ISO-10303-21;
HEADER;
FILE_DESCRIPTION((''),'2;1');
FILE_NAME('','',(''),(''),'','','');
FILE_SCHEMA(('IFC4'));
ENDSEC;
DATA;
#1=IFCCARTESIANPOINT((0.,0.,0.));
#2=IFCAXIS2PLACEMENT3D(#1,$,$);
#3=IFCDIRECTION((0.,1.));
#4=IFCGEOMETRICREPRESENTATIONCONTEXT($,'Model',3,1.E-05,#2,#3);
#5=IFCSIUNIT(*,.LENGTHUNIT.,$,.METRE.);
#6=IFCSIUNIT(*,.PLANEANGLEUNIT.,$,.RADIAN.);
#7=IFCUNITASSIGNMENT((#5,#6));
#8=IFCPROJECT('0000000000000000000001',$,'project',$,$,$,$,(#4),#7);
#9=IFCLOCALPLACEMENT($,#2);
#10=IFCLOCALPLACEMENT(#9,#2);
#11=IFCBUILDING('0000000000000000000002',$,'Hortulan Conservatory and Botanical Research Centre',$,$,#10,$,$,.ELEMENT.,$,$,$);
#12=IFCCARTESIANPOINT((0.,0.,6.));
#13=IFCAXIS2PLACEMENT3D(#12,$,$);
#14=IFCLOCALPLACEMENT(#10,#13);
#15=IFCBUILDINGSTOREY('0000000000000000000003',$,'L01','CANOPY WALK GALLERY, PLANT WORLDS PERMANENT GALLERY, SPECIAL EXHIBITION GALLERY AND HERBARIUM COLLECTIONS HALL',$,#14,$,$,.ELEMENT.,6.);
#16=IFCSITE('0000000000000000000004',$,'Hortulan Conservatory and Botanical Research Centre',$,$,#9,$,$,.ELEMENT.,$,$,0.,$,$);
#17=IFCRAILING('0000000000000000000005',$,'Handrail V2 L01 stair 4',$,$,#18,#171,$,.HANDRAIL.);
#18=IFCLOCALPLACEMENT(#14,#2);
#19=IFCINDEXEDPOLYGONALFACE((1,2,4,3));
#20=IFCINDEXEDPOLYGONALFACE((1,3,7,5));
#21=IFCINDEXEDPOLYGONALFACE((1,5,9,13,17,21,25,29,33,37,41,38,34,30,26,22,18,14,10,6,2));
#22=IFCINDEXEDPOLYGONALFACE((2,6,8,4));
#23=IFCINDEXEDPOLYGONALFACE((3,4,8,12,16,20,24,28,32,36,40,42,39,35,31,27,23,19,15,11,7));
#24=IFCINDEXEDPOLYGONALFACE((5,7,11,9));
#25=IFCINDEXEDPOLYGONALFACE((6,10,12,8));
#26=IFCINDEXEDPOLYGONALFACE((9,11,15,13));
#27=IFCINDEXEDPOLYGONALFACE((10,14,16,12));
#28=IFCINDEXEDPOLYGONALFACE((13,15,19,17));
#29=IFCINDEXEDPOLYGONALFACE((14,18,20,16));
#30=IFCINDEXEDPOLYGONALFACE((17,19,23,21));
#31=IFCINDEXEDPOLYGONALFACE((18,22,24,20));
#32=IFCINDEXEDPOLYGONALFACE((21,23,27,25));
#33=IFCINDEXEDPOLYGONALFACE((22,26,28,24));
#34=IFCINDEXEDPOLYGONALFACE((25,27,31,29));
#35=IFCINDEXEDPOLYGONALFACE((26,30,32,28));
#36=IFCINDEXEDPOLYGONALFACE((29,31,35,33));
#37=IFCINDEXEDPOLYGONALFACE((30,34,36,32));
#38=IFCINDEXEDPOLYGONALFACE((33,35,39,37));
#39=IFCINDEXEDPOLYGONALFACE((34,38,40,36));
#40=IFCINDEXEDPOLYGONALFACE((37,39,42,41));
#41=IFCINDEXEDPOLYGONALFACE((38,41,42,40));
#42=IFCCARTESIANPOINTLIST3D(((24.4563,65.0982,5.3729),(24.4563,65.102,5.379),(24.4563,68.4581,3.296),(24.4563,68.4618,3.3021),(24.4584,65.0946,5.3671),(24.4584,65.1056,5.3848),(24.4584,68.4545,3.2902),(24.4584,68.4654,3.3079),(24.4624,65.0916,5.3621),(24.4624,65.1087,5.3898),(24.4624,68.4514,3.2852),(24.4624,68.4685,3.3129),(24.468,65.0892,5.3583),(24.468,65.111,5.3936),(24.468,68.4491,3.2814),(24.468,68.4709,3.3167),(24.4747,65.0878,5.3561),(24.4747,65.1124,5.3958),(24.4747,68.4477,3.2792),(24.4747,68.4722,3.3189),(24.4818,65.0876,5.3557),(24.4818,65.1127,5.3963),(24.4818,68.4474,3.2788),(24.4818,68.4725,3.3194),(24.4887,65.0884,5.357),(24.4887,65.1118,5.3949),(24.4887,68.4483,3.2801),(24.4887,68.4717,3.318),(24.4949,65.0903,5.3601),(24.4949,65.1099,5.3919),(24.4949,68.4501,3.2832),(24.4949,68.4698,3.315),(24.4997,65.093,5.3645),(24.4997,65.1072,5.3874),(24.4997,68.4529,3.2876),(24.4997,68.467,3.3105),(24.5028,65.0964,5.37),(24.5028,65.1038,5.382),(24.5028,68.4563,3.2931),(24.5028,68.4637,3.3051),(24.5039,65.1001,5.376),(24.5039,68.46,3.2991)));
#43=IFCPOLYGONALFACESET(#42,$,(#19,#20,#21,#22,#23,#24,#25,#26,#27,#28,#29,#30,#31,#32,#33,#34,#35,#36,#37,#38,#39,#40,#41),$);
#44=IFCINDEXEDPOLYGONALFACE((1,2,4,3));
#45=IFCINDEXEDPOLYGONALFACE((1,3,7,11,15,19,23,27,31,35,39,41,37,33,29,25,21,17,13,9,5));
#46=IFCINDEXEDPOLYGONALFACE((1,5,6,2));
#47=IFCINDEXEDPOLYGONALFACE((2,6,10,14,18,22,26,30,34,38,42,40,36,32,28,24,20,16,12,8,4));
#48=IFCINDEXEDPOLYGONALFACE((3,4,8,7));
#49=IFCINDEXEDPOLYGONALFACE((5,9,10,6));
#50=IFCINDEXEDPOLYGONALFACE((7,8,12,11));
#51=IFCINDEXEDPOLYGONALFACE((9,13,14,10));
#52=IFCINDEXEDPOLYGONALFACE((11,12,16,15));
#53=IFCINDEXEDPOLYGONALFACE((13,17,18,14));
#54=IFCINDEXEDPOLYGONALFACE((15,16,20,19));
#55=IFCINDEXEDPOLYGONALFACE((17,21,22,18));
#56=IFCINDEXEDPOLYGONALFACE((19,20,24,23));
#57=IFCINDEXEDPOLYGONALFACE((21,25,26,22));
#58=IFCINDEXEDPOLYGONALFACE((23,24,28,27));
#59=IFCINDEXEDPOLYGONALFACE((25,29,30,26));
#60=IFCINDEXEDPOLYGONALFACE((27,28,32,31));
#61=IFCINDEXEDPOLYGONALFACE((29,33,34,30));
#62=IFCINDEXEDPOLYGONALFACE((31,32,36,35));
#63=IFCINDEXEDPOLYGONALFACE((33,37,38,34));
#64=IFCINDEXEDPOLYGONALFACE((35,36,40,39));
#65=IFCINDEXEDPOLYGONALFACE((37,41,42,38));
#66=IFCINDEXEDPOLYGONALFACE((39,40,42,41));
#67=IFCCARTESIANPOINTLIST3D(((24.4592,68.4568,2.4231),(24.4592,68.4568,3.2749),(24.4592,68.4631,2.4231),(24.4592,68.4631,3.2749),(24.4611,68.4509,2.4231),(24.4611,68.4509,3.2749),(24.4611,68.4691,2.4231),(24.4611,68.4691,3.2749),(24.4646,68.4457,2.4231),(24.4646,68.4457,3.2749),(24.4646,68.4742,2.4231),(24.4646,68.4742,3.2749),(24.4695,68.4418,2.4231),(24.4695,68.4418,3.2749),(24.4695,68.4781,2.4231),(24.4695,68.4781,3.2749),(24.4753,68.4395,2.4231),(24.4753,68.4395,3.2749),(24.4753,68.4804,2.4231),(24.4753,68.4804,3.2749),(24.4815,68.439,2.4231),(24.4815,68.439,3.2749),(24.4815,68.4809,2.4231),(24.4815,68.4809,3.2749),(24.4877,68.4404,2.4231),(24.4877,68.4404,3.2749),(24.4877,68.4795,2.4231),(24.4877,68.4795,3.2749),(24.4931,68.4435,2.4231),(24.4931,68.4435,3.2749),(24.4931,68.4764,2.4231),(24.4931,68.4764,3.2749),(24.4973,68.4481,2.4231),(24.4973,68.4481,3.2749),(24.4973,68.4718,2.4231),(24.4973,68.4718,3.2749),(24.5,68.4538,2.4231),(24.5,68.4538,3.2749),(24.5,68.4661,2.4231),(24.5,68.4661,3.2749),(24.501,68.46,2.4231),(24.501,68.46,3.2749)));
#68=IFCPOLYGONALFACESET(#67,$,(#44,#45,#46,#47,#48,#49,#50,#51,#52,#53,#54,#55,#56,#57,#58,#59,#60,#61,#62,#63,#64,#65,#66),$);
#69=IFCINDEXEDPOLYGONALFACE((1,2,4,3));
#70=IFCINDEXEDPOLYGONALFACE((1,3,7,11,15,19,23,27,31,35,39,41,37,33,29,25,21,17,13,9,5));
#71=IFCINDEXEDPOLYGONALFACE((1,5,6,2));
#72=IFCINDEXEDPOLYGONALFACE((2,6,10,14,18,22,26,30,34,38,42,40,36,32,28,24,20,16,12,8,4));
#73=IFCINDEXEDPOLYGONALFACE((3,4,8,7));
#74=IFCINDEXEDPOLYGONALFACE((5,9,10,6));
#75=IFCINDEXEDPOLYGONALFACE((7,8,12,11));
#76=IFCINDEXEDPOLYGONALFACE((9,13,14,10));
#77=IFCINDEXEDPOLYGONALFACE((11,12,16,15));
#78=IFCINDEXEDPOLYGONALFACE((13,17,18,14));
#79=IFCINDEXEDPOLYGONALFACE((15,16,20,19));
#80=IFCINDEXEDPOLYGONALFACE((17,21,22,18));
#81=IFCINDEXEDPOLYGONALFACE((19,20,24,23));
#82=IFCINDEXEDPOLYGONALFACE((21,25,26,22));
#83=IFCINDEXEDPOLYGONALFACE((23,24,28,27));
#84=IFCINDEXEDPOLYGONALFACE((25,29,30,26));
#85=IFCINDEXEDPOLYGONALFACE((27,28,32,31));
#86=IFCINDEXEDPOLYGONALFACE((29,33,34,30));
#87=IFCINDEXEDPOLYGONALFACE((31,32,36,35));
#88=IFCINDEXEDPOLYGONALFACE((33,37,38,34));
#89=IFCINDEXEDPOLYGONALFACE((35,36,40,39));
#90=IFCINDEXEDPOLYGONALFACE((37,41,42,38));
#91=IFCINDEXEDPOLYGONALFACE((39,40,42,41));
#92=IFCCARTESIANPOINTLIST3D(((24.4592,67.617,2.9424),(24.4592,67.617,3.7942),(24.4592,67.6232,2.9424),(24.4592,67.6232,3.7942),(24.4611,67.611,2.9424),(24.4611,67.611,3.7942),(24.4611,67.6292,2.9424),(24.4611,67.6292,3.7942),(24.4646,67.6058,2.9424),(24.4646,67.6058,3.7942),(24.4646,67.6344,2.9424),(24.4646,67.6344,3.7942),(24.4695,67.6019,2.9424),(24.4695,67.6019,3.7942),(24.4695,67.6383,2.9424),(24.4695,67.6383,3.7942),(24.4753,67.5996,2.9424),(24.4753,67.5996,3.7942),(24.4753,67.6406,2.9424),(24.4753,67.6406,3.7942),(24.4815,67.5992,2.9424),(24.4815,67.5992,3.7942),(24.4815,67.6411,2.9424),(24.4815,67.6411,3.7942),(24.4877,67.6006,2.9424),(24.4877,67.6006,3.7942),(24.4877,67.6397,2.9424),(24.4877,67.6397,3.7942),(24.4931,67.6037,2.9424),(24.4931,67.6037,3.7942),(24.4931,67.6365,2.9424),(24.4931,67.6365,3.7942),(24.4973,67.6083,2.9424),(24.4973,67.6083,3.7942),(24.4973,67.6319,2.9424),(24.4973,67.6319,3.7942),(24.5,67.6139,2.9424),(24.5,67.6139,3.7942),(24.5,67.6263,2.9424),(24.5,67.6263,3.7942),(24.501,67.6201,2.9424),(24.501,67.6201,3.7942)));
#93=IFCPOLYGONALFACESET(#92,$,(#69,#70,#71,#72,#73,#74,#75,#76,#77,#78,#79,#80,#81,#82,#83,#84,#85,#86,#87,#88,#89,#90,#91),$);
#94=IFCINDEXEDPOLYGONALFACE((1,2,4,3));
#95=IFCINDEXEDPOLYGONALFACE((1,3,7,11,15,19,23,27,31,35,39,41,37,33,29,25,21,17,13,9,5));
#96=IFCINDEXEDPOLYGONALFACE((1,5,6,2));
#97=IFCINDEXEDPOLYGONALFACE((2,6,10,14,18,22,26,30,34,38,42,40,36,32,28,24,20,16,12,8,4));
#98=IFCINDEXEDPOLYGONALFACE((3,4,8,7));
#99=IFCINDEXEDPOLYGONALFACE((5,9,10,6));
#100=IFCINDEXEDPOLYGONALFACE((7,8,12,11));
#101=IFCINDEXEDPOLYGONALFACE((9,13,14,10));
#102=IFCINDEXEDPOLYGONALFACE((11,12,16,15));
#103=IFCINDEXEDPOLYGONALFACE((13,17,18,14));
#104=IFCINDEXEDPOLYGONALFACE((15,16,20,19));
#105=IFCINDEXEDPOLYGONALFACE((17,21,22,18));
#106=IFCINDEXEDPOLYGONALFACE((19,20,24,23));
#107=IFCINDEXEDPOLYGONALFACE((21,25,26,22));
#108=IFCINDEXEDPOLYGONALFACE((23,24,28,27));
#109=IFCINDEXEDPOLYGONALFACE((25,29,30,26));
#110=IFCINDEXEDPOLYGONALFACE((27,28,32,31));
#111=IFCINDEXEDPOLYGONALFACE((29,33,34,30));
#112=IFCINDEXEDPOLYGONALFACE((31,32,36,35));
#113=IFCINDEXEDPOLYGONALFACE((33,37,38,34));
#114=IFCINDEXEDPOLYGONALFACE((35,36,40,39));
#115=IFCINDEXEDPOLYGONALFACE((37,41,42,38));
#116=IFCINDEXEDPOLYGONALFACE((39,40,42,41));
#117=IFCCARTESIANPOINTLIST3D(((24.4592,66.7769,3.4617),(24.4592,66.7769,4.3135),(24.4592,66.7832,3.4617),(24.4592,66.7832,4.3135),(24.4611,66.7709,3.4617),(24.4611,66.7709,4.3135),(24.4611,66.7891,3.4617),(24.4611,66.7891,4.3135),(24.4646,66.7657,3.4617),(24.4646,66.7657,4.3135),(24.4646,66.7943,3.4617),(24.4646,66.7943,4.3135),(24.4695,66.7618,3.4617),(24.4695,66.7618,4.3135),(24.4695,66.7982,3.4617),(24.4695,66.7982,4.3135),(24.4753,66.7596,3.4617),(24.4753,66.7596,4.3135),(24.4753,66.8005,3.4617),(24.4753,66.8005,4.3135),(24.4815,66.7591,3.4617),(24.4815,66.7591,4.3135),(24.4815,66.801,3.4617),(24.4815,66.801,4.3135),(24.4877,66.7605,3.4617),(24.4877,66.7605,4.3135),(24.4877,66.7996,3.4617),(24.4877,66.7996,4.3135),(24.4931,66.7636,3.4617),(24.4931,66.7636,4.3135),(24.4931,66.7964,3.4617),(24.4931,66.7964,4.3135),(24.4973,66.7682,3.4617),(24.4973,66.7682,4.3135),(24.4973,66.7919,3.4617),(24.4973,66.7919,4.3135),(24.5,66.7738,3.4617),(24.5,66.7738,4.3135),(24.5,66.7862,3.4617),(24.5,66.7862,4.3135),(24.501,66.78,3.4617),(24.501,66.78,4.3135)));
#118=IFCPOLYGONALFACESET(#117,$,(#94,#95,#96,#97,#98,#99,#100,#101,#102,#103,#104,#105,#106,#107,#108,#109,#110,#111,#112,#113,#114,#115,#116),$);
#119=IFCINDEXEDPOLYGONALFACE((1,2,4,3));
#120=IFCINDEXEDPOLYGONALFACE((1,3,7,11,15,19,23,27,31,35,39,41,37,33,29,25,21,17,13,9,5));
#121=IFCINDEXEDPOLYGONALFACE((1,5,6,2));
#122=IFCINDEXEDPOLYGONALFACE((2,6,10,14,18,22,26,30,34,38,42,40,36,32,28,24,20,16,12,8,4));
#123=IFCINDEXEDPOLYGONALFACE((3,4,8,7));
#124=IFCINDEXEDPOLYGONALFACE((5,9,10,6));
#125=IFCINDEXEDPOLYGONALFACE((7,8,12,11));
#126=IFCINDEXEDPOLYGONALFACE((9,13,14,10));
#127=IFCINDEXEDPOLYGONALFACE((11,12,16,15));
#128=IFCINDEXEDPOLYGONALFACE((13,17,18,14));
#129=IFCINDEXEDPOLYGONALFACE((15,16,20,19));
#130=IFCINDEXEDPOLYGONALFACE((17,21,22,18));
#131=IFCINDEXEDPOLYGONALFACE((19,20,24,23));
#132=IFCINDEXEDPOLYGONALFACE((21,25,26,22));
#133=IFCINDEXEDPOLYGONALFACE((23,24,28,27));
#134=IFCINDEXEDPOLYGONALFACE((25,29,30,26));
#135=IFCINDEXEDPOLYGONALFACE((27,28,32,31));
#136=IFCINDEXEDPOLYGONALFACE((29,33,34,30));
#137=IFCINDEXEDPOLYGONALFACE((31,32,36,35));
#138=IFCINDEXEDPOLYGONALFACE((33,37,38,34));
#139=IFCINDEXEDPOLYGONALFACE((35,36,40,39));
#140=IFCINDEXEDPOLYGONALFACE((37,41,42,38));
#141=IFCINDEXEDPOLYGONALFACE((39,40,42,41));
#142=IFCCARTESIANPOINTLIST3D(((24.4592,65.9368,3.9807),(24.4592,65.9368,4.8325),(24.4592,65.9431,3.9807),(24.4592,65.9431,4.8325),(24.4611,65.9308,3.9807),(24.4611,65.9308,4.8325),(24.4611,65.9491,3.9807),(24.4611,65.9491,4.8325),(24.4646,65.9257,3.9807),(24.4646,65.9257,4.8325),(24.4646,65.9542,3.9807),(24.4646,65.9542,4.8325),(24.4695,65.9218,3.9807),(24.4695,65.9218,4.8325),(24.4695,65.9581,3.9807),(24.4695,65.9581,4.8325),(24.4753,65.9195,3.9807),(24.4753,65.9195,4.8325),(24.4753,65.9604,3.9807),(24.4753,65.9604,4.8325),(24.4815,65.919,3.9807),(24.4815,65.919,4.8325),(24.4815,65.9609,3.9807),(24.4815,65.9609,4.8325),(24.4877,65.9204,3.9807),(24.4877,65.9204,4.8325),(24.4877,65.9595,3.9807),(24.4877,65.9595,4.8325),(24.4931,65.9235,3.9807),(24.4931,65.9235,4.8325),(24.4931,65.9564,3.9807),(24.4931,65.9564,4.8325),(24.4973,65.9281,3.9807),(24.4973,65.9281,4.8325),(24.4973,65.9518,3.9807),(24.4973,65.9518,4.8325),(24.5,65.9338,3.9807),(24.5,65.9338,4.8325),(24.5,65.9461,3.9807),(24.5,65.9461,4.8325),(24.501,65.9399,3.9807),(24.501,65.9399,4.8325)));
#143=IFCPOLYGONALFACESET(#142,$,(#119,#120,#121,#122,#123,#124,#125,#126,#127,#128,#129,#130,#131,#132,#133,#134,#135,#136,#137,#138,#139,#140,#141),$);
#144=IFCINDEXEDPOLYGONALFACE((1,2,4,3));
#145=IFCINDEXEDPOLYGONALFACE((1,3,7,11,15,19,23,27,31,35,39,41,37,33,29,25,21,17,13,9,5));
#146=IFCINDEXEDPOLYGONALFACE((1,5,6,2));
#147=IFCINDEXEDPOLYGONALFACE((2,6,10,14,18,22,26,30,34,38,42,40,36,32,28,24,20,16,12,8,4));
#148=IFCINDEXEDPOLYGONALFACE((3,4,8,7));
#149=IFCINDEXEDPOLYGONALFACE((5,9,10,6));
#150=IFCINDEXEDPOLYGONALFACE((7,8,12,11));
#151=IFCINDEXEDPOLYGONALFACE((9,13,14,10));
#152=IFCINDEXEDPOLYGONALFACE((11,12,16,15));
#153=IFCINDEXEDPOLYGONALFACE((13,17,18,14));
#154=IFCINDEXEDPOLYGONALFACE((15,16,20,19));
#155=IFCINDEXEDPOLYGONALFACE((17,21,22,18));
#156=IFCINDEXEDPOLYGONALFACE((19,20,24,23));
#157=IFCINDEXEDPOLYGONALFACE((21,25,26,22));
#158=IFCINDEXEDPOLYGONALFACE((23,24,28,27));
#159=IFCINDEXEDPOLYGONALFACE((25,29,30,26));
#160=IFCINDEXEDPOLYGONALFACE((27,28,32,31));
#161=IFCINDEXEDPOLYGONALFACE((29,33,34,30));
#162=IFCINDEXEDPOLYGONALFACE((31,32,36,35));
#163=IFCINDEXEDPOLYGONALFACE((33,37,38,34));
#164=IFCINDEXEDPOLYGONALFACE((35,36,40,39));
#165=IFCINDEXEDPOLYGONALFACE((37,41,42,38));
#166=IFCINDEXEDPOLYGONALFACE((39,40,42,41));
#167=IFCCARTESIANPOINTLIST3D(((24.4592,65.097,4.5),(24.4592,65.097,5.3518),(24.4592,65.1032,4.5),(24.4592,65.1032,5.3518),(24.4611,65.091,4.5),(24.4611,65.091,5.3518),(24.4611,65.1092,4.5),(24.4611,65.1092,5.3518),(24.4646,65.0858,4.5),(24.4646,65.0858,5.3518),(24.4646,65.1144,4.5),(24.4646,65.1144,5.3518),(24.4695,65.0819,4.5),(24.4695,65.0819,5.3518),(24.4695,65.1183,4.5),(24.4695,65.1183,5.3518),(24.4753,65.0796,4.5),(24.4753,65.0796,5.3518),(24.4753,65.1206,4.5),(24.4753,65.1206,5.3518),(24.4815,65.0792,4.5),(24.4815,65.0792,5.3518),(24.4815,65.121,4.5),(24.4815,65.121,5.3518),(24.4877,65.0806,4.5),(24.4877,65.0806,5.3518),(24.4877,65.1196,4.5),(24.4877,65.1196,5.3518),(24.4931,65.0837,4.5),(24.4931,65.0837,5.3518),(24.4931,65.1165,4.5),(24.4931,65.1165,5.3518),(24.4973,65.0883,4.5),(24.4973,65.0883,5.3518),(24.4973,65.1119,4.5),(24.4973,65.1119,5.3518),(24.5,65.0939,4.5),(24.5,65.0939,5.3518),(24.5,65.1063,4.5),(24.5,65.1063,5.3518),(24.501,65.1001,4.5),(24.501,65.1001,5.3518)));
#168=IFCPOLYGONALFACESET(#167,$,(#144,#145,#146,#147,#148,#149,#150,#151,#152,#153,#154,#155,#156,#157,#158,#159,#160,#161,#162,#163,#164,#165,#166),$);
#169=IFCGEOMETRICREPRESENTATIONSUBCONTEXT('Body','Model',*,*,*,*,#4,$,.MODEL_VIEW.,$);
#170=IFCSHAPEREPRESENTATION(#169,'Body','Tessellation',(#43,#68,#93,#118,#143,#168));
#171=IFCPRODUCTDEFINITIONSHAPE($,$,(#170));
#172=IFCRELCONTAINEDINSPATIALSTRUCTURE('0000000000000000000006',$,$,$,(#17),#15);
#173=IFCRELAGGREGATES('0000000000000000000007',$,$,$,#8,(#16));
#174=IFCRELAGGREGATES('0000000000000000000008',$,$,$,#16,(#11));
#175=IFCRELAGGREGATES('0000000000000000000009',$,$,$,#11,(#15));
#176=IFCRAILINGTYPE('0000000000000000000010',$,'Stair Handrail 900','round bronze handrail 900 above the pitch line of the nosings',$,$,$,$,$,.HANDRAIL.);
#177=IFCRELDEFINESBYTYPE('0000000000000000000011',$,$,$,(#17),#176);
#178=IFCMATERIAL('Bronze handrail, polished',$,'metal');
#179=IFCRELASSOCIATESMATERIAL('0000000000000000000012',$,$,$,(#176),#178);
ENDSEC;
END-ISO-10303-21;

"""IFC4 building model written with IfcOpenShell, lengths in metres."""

from ifc_helpers import new_model, si_unit, direction, frame, origin, origin_2d, place, context, subcontext, project, spatial, circle, extrude, material, type_object, element, save


model = new_model("IFC4")

# Units and contexts
model_context = context("Model", 3, precision=1e-05, world=origin(), true_north=direction((0.0, 1.0)))
body_context = subcontext(model_context, "Body", "Model", "MODEL_VIEW")
ifc_project = project(units=[si_unit("LENGTHUNIT", "METRE"), si_unit("PLANEANGLEUNIT", "RADIAN")], contexts=[model_context])

# Site, building, storey
site_placement = place(None, origin())
site = spatial("IfcSite", under=ifc_project, at=site_placement, Name="Hortulan Conservatory and Botanical Research Centre", CompositionType="ELEMENT", RefElevation=0.0)
building_placement = place(site_placement, origin())
building = spatial("IfcBuilding", under=site, at=building_placement, Name="Hortulan Conservatory and Botanical Research Centre", CompositionType="ELEMENT")
storey_placement = place(building_placement, frame((0.0, 0.0, 6.0)))
storey = spatial("IfcBuildingStorey", under=building, at=storey_placement, Name="L01", Description="CANOPY WALK GALLERY, PLANT WORLDS PERMANENT GALLERY, SPECIAL EXHIBITION GALLERY AND HERBARIUM COLLECTIONS HALL", CompositionType="ELEMENT", Elevation=6.0)

# Railing
ifc_material_1 = material(Name="Bronze handrail, polished", Category="metal")
railing_type_1 = type_object("IfcRailingType", Name="Stair Handrail 900", Description="round bronze handrail 900 above the pitch line of the nosings", PredefinedType="HANDRAIL", material=ifc_material_1)
railing_1_placement = place(storey_placement, frame((24.48, 68.46, 2.4231)))
element("IfcRailing", 1, at=railing_1_placement, inside=storey, type_object=railing_type_1, Name="Handrail V2 L01 stair 4", PredefinedType="HANDRAIL", context=body_context, shape_type="SweptSolid", body=[
    extrude(circle(Radius=0.0239, at=origin_2d()), frame((0.0, 0.0, 0.876), z_axis=(0.0, -0.850606, 0.525803), x_axis=(1.0, 0.0, 0.0)), (0.0, 0.0, 1.0), 3.95),
    extrude(circle(Radius=0.021, at=origin_2d()), origin(), (0.0, 0.0, 1.0), 0.8518),
    extrude(circle(Radius=0.021, at=origin_2d()), frame((0.0, -0.8398, 0.5193)), (0.0, 0.0, 1.0), 0.8518),
    extrude(circle(Radius=0.021, at=origin_2d()), frame((0.0, -1.6799, 1.0386)), (0.0, 0.0, 1.0), 0.8518),
    extrude(circle(Radius=0.021, at=origin_2d()), frame((0.0, -2.52, 1.5576)), (0.0, 0.0, 1.0), 0.8518),
    extrude(circle(Radius=0.021, at=origin_2d()), frame((0.0, -3.3599, 2.0769)), (0.0, 0.0, 1.0), 0.8518),
])

save(model, "model.ifc")
